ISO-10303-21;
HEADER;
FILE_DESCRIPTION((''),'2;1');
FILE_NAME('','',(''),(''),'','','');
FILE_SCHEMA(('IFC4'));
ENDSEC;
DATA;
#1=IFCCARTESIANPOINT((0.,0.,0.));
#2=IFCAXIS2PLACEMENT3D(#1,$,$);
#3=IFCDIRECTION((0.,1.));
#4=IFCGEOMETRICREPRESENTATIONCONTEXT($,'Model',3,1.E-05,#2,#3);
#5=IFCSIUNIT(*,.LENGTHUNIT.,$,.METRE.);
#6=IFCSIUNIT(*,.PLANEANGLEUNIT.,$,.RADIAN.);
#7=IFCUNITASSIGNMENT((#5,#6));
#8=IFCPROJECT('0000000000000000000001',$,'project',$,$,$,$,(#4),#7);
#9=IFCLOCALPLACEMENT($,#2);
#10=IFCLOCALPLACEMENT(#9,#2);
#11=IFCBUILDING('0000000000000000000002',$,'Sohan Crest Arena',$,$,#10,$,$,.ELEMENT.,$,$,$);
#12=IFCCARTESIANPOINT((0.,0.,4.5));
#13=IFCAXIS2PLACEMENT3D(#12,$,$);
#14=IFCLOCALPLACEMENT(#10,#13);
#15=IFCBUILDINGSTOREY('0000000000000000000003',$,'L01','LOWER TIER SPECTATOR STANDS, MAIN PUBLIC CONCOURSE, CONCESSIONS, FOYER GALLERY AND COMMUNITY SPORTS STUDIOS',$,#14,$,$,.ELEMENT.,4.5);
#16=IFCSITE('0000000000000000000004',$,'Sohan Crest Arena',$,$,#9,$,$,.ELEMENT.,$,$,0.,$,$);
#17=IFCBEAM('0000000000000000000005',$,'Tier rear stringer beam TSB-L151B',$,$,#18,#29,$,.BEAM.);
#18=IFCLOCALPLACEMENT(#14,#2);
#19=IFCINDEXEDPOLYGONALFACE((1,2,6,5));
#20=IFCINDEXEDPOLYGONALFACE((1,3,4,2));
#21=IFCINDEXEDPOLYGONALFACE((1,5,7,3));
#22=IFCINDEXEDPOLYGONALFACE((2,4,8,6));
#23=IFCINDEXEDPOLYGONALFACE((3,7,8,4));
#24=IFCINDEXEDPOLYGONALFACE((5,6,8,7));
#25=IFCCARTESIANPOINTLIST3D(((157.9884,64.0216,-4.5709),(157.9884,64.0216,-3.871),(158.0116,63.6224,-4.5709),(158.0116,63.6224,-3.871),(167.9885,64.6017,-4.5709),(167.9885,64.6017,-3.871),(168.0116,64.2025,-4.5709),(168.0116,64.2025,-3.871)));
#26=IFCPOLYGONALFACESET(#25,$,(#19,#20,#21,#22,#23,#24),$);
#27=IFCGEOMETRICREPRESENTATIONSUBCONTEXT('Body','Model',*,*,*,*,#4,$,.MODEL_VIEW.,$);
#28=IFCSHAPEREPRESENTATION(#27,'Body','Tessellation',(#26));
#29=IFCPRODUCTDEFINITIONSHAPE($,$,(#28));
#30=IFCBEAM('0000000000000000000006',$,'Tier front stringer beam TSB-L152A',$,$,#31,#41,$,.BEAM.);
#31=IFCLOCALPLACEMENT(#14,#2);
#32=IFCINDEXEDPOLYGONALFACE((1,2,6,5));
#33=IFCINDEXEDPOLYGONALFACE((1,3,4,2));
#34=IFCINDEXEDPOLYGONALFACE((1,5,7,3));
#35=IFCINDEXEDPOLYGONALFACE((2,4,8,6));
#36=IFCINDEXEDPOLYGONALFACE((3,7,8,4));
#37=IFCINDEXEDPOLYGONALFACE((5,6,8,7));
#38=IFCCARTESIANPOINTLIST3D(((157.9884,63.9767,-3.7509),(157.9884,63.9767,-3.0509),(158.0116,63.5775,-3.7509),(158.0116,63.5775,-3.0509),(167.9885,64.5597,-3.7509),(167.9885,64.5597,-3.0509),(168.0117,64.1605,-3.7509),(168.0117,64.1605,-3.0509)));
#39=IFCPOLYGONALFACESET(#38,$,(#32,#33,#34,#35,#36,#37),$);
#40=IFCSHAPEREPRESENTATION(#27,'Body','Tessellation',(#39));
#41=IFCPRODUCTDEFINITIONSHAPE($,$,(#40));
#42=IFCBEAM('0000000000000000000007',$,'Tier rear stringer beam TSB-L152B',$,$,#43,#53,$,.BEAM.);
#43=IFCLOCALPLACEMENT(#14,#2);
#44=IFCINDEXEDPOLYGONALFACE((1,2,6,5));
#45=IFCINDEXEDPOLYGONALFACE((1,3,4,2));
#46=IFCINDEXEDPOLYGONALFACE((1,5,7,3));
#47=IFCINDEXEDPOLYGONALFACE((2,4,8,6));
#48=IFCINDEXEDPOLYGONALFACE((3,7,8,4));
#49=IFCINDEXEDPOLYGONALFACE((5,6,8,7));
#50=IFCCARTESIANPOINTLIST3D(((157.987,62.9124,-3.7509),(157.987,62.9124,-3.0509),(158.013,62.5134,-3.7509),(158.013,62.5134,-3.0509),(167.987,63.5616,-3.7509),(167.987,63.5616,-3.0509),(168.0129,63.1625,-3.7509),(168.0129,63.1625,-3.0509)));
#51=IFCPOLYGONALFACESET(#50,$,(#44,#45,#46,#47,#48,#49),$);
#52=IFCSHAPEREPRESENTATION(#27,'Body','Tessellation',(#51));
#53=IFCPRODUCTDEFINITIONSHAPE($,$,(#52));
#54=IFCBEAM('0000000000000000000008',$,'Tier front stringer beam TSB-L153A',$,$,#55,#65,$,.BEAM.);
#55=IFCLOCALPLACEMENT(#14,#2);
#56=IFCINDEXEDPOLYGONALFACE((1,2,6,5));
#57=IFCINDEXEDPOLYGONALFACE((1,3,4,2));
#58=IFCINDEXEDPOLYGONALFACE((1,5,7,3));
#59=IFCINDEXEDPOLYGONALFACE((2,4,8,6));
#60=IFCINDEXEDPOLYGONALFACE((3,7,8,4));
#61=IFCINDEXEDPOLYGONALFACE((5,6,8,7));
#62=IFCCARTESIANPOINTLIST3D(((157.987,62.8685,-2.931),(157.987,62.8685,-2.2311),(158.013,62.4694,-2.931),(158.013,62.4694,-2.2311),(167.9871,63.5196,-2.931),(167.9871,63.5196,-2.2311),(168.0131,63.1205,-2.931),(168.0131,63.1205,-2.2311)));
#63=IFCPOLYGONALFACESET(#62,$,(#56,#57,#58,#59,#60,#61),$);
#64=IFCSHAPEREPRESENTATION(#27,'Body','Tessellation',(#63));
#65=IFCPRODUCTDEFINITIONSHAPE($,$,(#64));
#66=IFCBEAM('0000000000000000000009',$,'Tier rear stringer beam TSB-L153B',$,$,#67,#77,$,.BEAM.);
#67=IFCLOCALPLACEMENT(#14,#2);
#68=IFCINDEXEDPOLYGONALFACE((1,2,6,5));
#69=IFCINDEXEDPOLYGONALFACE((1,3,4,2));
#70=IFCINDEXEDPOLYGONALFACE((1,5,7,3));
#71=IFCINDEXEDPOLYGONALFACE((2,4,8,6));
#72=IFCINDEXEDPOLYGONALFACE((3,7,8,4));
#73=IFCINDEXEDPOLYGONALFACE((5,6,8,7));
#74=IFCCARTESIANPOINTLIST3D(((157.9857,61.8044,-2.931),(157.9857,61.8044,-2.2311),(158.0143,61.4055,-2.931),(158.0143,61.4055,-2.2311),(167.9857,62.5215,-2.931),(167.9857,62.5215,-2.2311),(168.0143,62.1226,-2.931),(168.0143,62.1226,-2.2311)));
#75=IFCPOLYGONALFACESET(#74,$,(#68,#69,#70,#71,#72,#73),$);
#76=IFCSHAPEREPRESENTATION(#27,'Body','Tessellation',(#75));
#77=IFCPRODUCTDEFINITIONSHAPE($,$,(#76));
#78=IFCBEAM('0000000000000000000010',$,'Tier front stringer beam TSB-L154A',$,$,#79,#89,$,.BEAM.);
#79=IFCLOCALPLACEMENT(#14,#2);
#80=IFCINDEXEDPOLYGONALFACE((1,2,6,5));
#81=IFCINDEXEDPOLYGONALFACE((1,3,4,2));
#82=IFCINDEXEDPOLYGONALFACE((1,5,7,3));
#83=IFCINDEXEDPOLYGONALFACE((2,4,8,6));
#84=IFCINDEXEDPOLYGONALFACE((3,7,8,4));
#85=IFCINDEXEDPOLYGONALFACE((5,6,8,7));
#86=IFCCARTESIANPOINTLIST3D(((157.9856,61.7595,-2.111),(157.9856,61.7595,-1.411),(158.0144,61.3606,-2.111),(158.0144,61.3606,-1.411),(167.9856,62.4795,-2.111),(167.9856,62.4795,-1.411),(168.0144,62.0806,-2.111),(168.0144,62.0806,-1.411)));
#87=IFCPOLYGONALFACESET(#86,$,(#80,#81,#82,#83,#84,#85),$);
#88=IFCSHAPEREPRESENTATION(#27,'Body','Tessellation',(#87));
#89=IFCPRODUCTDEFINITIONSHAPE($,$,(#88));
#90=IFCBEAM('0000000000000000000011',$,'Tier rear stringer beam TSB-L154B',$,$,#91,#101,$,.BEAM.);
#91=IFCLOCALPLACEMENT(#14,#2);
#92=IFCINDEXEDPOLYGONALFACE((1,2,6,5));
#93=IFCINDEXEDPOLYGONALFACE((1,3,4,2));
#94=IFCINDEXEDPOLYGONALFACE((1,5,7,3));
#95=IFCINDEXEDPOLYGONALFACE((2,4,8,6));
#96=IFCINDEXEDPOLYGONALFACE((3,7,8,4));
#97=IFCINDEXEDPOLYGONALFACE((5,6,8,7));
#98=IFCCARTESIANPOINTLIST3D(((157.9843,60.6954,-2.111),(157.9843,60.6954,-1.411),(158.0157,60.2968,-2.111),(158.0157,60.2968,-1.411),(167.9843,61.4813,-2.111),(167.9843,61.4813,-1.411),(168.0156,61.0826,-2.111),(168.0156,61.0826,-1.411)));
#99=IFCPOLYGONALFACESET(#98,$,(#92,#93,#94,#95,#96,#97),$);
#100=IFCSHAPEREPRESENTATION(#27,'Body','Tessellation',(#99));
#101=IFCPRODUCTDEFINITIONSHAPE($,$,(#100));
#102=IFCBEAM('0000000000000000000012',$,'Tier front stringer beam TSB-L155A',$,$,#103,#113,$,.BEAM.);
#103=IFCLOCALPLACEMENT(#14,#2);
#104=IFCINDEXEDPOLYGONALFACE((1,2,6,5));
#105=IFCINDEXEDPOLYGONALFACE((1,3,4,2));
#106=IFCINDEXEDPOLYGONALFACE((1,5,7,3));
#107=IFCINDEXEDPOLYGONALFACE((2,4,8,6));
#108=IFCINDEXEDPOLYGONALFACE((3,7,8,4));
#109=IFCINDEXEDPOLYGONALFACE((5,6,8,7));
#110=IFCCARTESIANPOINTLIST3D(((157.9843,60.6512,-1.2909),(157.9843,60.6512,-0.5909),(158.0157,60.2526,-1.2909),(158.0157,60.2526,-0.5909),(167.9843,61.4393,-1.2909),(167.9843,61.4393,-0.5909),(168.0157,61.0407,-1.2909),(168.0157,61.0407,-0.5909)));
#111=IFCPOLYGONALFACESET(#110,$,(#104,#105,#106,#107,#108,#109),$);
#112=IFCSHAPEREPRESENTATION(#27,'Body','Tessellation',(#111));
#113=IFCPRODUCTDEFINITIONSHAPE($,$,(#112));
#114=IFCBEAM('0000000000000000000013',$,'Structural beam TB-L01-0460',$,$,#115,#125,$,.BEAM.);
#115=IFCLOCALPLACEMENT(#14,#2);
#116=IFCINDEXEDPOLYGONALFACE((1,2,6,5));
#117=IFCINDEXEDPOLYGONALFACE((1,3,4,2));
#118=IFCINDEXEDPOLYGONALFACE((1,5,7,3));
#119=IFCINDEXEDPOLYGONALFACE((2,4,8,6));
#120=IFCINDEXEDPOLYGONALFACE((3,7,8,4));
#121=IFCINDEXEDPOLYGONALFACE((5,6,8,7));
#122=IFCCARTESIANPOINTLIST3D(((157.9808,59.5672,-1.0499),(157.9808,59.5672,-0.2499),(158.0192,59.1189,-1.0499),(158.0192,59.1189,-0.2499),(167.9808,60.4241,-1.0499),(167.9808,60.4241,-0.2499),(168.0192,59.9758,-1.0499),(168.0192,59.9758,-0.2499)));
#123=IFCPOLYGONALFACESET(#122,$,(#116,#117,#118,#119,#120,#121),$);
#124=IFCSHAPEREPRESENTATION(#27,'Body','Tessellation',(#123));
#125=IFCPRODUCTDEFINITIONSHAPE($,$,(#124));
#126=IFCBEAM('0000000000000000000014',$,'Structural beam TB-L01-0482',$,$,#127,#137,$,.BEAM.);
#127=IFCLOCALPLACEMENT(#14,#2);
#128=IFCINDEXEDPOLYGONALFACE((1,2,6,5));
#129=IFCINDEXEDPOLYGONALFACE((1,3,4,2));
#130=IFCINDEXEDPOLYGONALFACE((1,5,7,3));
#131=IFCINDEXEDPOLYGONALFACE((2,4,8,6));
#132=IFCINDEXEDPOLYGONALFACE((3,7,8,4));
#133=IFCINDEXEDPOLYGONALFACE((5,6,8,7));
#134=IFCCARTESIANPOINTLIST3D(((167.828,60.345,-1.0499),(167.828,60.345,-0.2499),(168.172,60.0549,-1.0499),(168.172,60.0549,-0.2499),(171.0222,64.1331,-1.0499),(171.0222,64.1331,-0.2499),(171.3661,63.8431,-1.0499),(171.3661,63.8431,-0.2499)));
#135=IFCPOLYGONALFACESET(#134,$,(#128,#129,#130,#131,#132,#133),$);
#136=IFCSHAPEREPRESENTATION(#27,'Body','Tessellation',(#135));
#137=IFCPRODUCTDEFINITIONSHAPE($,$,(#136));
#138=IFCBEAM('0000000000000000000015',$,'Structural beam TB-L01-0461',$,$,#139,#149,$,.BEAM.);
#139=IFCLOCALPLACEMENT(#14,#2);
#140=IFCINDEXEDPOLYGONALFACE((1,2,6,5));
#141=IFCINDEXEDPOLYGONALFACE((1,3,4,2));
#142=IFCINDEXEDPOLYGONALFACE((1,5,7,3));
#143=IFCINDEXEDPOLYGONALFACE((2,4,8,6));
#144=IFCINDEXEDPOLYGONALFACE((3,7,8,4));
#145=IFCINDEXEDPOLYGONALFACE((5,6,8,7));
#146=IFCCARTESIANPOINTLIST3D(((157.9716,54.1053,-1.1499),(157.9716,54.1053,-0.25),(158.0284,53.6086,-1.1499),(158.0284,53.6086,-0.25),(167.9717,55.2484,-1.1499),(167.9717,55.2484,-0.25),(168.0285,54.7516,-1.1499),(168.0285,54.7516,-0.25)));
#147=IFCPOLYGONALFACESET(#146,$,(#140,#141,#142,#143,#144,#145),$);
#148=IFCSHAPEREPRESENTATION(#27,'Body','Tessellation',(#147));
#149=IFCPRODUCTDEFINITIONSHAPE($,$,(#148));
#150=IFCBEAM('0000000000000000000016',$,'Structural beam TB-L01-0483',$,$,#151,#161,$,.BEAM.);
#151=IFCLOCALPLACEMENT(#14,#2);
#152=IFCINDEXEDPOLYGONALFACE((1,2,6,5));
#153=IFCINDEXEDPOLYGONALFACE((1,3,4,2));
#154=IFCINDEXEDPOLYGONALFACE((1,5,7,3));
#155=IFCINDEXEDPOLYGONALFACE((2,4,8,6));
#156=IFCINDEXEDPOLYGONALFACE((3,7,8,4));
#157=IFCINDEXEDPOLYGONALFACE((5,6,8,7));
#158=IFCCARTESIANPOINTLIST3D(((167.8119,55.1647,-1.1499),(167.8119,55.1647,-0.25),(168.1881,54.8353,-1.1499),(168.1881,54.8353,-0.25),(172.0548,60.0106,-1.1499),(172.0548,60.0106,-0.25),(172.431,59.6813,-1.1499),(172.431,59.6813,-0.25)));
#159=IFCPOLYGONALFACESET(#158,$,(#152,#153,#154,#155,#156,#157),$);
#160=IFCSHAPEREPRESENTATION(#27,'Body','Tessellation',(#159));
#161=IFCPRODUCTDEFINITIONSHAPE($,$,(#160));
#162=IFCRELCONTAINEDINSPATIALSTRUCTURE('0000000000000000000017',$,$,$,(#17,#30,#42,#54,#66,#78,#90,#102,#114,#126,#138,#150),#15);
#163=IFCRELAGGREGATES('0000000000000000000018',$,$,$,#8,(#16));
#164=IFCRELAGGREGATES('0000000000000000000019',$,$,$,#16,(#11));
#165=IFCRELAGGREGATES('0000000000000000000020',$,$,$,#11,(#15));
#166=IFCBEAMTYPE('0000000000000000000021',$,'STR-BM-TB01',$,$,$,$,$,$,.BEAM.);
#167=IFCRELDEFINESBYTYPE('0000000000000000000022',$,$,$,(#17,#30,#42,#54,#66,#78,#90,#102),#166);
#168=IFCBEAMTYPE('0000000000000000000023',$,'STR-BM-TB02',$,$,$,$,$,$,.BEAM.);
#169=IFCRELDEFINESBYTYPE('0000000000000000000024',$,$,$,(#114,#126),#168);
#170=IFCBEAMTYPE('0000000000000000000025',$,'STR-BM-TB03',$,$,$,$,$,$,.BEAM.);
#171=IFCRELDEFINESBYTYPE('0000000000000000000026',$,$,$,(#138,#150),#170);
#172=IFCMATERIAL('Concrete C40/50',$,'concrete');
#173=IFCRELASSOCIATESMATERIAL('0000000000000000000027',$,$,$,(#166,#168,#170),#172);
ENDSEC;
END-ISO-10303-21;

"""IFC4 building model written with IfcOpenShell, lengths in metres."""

from ifc_helpers import new_model, si_unit, direction, frame, origin, origin_2d, place, context, subcontext, project, spatial, rectangle, extrude, material, material_profile, profile_set, type_object, element, save


model = new_model("IFC4")

# Units and contexts
model_context = context("Model", 3, precision=1e-05, world=origin(), true_north=direction((0.0, 1.0)))
body_context = subcontext(model_context, "Body", "Model", "MODEL_VIEW")
ifc_project = project(units=[si_unit("LENGTHUNIT", "METRE"), si_unit("PLANEANGLEUNIT", "RADIAN")], contexts=[model_context])

# Site, building, storey
site_placement = place(None, origin())
site = spatial("IfcSite", under=ifc_project, at=site_placement, Name="Sohan Crest Arena", CompositionType="ELEMENT", RefElevation=0.0)
building_placement = place(site_placement, origin())
building = spatial("IfcBuilding", under=site, at=building_placement, Name="Sohan Crest Arena", CompositionType="ELEMENT")
storey_placement = place(building_placement, frame((0.0, 0.0, 4.5)))
storey = spatial("IfcBuildingStorey", under=building, at=storey_placement, Name="L01", Description="LOWER TIER SPECTATOR STANDS, MAIN PUBLIC CONCOURSE, CONCESSIONS, FOYER GALLERY AND COMMUNITY SPORTS STUDIOS", CompositionType="ELEMENT", Elevation=4.5)

# Shared definitions
ifc_material_1 = material(Name="Concrete C40/50", Category="concrete")

# Beams
ifc_material_profile_1 = material_profile(ifc_material_1, rectangle(XDim=0.3999, YDim=0.7, at=origin_2d()), Name="RC-BM 400x700")
ifc_profile_set_1 = profile_set([ifc_material_profile_1], Name="Concrete C40/50")
beam_type_1 = type_object("IfcBeamType", Name="STR-BM-TB01", PredefinedType="BEAM", material=ifc_profile_set_1)
beam_1_placement = place(storey_placement, frame((158.0, 63.822, -4.2209), z_axis=(0.998322, 0.05791, 0.0), x_axis=(-0.05791, 0.998322, 0.0)))
element("IfcBeam", 1, at=beam_1_placement, inside=storey, type_object=beam_type_1, Name="Tier rear stringer beam TSB-L151B", PredefinedType="BEAM", context=body_context, shape_type="SweptSolid", body=[
    extrude(rectangle(XDim=0.3999, YDim=0.7, at=origin_2d()), origin(), (0.0, 0.0, 1.0), 10.0168),
])
beam_2_placement = place(storey_placement, frame((158.0, 63.7771, -3.4009), z_axis=(0.998305, 0.058202, 0.0), x_axis=(-0.058202, 0.998305, 0.0)))
element("IfcBeam", 2, at=beam_2_placement, inside=storey, type_object=beam_type_1, Name="Tier front stringer beam TSB-L152A", PredefinedType="BEAM", context=body_context, shape_type="SweptSolid", body=[
    extrude(rectangle(XDim=0.3999, YDim=0.7, at=origin_2d()), origin(), (0.0, 0.0, 1.0), 10.0171),
])
beam_3_placement = place(storey_placement, frame((158.0, 62.7129, -3.4009), z_axis=(0.9979, 0.064781, 0.0), x_axis=(-0.064781, 0.9979, 0.0)))
element("IfcBeam", 3, at=beam_3_placement, inside=storey, type_object=beam_type_1, Name="Tier rear stringer beam TSB-L152B", PredefinedType="BEAM", context=body_context, shape_type="SweptSolid", body=[
    extrude(rectangle(XDim=0.3999, YDim=0.7, at=origin_2d()), origin(), (0.0, 0.0, 1.0), 10.021),
])
beam_4_placement = place(storey_placement, frame((158.0, 62.6689, -2.5811), z_axis=(0.997887, 0.064975, 0.0), x_axis=(-0.064975, 0.997887, 0.0)))
element("IfcBeam", 4, at=beam_4_placement, inside=storey, type_object=beam_type_1, Name="Tier front stringer beam TSB-L153A", PredefinedType="BEAM", context=body_context, shape_type="SweptSolid", body=[
    extrude(rectangle(XDim=0.3999, YDim=0.7, at=origin_2d()), origin(), (0.0, 0.0, 1.0), 10.0212),
])
beam_5_placement = place(storey_placement, frame((158.0, 61.605, -2.5811), z_axis=(0.997439, 0.07152, 0.0), x_axis=(-0.07152, 0.997439, 0.0)))
element("IfcBeam", 5, at=beam_5_placement, inside=storey, type_object=beam_type_1, Name="Tier rear stringer beam TSB-L153B", PredefinedType="BEAM", context=body_context, shape_type="SweptSolid", body=[
    extrude(rectangle(XDim=0.3999, YDim=0.7, at=origin_2d()), origin(), (0.0, 0.0, 1.0), 10.0256),
])
beam_6_placement = place(storey_placement, frame((158.0, 61.5601, -1.761), z_axis=(0.997418, 0.071811, 0.0), x_axis=(-0.071811, 0.997418, 0.0)))
element("IfcBeam", 6, at=beam_6_placement, inside=storey, type_object=beam_type_1, Name="Tier front stringer beam TSB-L154A", PredefinedType="BEAM", context=body_context, shape_type="SweptSolid", body=[
    extrude(rectangle(XDim=0.3999, YDim=0.7, at=origin_2d()), origin(), (0.0, 0.0, 1.0), 10.0259),
])
beam_7_placement = place(storey_placement, frame((158.0, 60.4961, -1.761), z_axis=(0.996926, 0.078347, 0.0), x_axis=(-0.078347, 0.996926, 0.0)))
element("IfcBeam", 7, at=beam_7_placement, inside=storey, type_object=beam_type_1, Name="Tier rear stringer beam TSB-L154B", PredefinedType="BEAM", context=body_context, shape_type="SweptSolid", body=[
    extrude(rectangle(XDim=0.3999, YDim=0.7, at=origin_2d()), origin(), (0.0, 0.0, 1.0), 10.0308),
])
beam_8_placement = place(storey_placement, frame((158.0, 60.4519, -0.9409), z_axis=(0.996909, 0.078565, 0.0), x_axis=(-0.078565, 0.996909, 0.0)))
element("IfcBeam", 8, at=beam_8_placement, inside=storey, type_object=beam_type_1, Name="Tier front stringer beam TSB-L155A", PredefinedType="BEAM", context=body_context, shape_type="SweptSolid", body=[
    extrude(rectangle(XDim=0.3999, YDim=0.7, at=origin_2d()), origin(), (0.0, 0.0, 1.0), 10.031),
])
ifc_material_profile_2 = material_profile(ifc_material_1, rectangle(XDim=0.45, YDim=0.8, at=origin_2d()), Name="RC-BM 450x800")
ifc_profile_set_2 = profile_set([ifc_material_profile_2], Name="Concrete C40/50")
beam_type_2 = type_object("IfcBeamType", Name="STR-BM-TB02", PredefinedType="BEAM", material=ifc_profile_set_2)
beam_9_placement = place(storey_placement, frame((158.0, 59.343, -0.6499), z_axis=(0.996348, 0.08538, 0.0), x_axis=(-0.08538, 0.996348, 0.0)))
element("IfcBeam", 9, at=beam_9_placement, inside=storey, type_object=beam_type_2, Name="Structural beam TB-L01-0460", PredefinedType="BEAM", context=body_context, shape_type="SweptSolid", body=[
    extrude(rectangle(XDim=0.45, YDim=0.8, at=origin_2d()), origin(), (0.0, 0.0, 1.0), 10.0366),
])
beam_10_placement = place(storey_placement, frame((168.0, 60.2, -0.6499), z_axis=(0.644623, 0.764501, 0.0), x_axis=(-0.764501, 0.644623, 0.0)))
element("IfcBeam", 10, at=beam_10_placement, inside=storey, type_object=beam_type_2, Name="Structural beam TB-L01-0482", PredefinedType="BEAM", context=body_context, shape_type="SweptSolid", body=[
    extrude(rectangle(XDim=0.45, YDim=0.8, at=origin_2d()), origin(), (0.0, 0.0, 1.0), 4.9551),
])
ifc_material_profile_3 = material_profile(ifc_material_1, rectangle(XDim=0.5, YDim=0.8999, at=origin_2d()), Name="RC-BM 500x900")
ifc_profile_set_3 = profile_set([ifc_material_profile_3], Name="Concrete C40/50")
beam_type_3 = type_object("IfcBeamType", Name="STR-BM-TB03", PredefinedType="BEAM", material=ifc_profile_set_3)
beam_11_placement = place(storey_placement, frame((158.0, 53.8569, -0.7), z_axis=(0.99353, 0.113567, 0.0), x_axis=(-0.113567, 0.99353, 0.0)))
element("IfcBeam", 11, at=beam_11_placement, inside=storey, type_object=beam_type_3, Name="Structural beam TB-L01-0461", PredefinedType="BEAM", context=body_context, shape_type="SweptSolid", body=[
    extrude(rectangle(XDim=0.5, YDim=0.8999, at=origin_2d()), origin(), (0.0, 0.0, 1.0), 10.0652),
])
beam_12_placement = place(storey_placement, frame((168.0, 55.0, -0.7), z_axis=(0.658743, 0.752368, 0.0), x_axis=(-0.752368, 0.658743, 0.0)))
element("IfcBeam", 12, at=beam_12_placement, inside=storey, type_object=beam_type_3, Name="Structural beam TB-L01-0483", PredefinedType="BEAM", context=body_context, shape_type="SweptSolid", body=[
    extrude(rectangle(XDim=0.5, YDim=0.8999, at=origin_2d()), origin(), (0.0, 0.0, 1.0), 6.4409),
])

save(model, "model.ifc")
